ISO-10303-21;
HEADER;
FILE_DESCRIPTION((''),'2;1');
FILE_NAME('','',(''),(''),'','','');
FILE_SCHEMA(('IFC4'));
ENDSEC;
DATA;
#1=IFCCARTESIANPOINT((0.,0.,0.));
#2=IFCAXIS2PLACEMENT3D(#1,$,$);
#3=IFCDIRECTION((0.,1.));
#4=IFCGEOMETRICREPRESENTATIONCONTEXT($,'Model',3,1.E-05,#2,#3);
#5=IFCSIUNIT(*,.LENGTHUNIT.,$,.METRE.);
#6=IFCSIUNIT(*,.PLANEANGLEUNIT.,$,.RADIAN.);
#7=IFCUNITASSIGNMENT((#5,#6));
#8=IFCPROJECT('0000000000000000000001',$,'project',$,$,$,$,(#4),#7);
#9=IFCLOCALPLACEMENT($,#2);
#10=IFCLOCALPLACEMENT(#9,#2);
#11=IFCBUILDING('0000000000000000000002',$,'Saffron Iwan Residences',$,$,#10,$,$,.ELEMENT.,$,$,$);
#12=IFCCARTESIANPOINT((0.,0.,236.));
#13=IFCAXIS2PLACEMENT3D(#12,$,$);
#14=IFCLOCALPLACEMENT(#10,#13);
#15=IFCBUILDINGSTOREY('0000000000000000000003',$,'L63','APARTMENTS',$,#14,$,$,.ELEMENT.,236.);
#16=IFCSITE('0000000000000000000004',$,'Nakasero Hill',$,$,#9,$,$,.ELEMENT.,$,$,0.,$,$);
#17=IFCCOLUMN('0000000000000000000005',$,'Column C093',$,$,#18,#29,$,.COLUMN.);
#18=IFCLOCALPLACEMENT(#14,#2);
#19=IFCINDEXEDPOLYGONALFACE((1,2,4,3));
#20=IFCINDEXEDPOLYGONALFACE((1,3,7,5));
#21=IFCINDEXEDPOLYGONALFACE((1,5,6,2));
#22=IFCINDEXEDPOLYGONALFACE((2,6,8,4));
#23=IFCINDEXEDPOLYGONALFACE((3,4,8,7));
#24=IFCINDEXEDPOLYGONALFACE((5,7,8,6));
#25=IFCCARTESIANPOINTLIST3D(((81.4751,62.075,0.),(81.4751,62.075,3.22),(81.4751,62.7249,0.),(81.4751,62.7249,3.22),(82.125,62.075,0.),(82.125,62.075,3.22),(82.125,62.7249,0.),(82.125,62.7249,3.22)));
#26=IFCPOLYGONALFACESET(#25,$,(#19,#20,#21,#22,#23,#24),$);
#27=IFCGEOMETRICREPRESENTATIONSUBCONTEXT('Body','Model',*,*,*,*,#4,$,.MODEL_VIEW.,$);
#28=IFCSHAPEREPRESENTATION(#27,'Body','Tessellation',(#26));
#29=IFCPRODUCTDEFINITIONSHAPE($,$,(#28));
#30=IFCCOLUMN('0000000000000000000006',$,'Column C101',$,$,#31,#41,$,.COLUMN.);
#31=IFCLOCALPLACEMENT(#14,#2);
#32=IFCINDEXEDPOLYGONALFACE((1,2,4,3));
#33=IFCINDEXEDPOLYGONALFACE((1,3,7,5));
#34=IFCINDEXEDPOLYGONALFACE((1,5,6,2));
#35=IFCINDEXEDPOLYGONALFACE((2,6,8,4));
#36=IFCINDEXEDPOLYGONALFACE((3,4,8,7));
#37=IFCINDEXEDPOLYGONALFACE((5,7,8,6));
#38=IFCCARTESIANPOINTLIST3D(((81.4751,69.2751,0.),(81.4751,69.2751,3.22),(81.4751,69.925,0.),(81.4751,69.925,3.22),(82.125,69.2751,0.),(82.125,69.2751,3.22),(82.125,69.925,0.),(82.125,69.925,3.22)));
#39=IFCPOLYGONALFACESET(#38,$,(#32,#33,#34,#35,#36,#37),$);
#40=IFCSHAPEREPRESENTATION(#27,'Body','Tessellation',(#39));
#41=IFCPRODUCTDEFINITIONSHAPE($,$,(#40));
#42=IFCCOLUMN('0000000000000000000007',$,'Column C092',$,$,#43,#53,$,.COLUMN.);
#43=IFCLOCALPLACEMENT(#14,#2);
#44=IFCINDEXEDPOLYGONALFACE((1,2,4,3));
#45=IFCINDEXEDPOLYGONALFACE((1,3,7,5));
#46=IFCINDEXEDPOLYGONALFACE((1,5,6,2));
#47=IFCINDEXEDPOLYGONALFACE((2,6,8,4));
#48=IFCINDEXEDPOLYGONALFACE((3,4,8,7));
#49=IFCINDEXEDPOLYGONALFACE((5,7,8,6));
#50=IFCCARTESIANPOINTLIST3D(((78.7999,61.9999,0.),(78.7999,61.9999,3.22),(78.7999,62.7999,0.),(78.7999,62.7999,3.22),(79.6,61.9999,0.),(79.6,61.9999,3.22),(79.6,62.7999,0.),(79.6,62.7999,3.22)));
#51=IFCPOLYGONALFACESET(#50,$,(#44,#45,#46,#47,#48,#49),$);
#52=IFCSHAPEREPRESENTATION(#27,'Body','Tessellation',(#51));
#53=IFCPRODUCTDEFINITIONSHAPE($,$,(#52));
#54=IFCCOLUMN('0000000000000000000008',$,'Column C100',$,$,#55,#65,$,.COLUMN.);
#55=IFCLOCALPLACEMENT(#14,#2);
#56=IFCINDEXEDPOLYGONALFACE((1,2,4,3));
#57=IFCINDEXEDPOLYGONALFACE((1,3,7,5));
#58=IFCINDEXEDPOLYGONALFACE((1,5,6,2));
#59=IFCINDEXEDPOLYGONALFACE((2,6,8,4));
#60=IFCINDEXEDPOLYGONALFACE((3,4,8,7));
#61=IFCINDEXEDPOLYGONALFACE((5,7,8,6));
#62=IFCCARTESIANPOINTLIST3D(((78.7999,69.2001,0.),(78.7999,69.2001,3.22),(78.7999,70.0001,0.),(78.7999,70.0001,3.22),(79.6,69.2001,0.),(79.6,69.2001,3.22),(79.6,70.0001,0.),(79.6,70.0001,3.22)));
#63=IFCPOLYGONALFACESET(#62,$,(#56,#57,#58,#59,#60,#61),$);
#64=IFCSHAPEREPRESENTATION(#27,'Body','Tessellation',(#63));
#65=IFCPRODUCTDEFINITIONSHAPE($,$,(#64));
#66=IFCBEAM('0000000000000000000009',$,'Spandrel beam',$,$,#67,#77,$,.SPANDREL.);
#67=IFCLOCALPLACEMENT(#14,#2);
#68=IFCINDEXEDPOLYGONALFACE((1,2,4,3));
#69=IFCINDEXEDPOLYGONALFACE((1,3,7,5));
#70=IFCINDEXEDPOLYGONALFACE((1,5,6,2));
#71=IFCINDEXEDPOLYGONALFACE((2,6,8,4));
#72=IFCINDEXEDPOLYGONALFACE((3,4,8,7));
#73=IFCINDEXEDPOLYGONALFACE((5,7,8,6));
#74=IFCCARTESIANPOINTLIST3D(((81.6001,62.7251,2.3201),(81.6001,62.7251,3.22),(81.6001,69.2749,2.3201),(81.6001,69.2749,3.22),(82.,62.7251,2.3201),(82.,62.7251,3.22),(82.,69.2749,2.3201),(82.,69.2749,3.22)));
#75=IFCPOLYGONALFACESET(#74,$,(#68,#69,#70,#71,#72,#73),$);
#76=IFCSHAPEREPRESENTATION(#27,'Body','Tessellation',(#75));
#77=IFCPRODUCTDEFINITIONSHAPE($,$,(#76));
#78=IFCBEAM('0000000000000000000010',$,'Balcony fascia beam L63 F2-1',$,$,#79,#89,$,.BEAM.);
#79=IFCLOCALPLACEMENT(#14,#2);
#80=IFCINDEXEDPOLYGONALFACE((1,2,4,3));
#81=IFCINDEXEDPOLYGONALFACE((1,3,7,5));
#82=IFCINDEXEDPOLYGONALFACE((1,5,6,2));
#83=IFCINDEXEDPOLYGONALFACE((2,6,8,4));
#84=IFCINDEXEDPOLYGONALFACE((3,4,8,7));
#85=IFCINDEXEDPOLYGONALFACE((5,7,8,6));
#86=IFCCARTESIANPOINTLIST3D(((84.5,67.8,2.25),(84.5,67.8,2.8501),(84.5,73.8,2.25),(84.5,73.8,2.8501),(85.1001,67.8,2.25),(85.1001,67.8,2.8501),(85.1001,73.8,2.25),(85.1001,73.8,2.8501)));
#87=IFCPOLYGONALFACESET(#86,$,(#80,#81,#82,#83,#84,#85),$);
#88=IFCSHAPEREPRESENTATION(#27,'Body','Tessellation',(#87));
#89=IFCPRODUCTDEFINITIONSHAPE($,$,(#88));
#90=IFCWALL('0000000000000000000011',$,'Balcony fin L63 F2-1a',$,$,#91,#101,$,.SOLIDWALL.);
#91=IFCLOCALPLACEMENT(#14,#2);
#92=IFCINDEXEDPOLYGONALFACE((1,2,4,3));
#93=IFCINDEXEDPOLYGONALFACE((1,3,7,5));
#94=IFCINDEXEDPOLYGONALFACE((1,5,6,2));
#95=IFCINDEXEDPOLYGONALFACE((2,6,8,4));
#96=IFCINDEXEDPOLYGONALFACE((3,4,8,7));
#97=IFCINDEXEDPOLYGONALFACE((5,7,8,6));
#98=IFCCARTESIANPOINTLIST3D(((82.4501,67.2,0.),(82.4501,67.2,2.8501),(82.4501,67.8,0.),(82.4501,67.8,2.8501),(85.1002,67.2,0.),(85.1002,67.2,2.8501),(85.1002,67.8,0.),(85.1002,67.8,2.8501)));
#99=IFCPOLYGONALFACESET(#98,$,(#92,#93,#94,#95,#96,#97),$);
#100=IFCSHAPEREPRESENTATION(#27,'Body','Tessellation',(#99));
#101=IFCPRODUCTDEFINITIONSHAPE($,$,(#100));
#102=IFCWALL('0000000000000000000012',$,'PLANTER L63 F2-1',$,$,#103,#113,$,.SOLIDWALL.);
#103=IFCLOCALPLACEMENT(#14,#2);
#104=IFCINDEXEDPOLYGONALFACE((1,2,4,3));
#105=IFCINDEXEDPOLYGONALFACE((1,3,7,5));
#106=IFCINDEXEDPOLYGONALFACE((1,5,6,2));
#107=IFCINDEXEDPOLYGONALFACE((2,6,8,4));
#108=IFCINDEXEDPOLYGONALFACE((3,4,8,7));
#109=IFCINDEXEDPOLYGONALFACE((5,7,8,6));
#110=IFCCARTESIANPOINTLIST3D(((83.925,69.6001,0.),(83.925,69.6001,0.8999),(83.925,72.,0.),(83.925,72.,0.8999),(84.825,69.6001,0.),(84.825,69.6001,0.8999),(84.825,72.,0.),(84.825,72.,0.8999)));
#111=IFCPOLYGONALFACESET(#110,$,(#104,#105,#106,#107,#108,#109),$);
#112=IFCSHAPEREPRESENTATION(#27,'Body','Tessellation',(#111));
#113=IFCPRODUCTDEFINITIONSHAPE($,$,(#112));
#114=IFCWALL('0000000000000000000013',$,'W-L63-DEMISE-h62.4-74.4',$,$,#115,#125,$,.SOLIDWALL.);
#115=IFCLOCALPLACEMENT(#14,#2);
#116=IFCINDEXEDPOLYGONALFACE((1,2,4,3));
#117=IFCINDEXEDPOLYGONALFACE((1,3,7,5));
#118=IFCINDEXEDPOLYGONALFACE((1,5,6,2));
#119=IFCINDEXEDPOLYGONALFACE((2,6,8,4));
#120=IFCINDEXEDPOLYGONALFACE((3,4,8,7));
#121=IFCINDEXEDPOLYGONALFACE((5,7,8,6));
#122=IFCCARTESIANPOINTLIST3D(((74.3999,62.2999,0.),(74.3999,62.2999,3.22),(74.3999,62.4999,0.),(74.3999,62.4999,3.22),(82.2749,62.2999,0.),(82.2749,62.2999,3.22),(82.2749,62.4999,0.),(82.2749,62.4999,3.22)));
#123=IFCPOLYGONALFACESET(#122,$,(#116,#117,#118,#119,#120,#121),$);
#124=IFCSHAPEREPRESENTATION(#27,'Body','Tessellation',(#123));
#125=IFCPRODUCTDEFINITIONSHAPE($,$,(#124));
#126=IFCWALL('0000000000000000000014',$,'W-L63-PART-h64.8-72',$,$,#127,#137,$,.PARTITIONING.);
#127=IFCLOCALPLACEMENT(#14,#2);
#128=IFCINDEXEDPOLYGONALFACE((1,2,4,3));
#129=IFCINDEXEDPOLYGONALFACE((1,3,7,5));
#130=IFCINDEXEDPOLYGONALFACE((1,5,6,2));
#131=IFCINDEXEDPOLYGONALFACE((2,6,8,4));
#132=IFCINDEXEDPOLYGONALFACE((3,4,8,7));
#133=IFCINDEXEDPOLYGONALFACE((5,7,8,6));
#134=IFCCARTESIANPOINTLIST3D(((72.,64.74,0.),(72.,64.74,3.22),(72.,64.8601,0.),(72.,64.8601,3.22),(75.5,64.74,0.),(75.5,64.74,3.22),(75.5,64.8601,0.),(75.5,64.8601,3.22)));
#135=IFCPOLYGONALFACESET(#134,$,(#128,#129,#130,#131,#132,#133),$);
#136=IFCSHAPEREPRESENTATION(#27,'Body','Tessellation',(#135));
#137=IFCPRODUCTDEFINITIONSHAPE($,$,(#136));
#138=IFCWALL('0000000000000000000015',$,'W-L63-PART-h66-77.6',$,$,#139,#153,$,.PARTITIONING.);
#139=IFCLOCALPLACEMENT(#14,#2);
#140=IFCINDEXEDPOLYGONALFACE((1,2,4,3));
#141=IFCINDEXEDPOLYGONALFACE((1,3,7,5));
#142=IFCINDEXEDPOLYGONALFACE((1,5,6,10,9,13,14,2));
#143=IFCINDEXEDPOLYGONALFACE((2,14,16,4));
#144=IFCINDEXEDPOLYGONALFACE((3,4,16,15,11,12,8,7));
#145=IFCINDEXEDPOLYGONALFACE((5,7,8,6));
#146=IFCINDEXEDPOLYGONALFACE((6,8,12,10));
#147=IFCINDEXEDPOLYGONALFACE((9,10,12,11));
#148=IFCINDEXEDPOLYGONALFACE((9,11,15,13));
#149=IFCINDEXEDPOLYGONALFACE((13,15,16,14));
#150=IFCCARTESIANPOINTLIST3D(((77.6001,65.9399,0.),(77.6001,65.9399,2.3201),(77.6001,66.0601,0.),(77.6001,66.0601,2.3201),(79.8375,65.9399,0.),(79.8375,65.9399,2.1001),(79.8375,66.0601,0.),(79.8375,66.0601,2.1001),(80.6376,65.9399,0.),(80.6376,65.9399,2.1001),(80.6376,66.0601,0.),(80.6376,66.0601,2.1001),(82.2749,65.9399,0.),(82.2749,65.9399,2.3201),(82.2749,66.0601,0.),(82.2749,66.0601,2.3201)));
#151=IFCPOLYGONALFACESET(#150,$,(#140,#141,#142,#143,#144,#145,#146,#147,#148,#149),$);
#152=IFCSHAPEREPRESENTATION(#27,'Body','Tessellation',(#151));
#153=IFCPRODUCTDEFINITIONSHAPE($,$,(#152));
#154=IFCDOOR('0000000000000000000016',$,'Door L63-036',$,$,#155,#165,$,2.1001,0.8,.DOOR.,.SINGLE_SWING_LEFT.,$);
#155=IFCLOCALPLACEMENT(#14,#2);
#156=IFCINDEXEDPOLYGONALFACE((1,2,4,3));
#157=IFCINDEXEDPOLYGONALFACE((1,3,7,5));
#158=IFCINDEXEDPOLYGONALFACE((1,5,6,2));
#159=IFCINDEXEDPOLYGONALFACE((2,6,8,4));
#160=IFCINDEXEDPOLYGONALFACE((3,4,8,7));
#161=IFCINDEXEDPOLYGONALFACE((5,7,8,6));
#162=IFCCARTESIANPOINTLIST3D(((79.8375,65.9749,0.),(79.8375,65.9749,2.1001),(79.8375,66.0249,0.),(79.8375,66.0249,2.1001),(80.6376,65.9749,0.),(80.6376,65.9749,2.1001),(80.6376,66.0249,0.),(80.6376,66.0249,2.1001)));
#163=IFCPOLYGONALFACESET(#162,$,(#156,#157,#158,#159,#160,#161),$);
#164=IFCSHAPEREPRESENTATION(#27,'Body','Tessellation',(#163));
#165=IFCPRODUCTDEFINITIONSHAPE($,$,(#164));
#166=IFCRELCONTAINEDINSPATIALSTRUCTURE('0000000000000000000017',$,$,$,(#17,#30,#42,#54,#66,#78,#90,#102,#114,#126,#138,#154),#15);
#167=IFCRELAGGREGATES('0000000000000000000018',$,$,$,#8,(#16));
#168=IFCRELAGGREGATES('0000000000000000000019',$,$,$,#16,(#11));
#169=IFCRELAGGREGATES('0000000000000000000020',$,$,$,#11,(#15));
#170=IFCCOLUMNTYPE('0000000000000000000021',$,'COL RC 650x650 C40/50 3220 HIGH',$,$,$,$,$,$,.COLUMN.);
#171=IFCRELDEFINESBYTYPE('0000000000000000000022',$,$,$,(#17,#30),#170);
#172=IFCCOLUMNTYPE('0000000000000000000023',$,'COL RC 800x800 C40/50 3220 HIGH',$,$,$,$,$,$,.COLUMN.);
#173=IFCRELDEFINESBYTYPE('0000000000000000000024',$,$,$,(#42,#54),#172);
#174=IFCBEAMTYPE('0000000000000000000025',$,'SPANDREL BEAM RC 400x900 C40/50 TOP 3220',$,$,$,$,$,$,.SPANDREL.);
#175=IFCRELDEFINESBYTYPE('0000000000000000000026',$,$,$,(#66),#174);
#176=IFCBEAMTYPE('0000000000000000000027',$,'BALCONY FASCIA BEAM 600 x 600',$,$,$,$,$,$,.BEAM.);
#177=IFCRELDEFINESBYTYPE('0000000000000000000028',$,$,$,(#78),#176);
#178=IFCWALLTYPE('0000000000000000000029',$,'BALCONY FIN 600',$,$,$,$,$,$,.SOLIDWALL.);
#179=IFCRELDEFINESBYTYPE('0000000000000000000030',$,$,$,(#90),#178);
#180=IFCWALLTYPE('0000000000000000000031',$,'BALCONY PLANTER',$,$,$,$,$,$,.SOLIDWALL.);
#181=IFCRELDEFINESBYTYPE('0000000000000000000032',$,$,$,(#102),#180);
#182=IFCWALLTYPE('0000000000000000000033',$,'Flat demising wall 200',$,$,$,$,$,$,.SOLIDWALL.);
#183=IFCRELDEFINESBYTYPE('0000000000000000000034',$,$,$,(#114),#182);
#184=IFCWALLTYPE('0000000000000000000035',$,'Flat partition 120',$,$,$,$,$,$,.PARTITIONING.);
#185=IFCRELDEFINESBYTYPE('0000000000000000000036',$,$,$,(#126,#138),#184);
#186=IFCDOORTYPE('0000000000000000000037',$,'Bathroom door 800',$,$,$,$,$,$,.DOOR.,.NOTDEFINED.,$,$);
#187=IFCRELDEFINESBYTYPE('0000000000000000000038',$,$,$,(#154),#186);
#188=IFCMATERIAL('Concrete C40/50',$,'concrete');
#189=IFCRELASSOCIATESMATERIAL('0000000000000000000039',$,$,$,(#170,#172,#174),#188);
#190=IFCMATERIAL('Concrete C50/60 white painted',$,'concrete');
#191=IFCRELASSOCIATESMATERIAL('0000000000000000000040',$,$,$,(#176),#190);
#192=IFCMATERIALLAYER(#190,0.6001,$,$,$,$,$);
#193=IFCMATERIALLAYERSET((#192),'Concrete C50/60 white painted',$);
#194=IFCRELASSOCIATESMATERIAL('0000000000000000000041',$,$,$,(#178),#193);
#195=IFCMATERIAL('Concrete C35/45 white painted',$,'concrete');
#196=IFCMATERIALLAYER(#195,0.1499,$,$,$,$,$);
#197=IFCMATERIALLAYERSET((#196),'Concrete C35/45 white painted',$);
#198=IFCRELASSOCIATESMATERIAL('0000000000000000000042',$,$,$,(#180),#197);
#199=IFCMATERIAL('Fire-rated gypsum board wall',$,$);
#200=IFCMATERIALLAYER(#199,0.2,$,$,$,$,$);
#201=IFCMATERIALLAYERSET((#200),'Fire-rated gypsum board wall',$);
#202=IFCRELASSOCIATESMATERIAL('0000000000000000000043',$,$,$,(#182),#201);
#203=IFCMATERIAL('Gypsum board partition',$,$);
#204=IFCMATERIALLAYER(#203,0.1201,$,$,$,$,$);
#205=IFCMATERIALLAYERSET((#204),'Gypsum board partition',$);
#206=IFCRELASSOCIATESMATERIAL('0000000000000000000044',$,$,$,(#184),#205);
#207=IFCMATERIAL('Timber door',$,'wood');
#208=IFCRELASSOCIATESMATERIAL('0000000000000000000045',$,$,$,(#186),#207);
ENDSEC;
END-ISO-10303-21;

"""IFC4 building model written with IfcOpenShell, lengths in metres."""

from ifc_helpers import new_model, si_unit, direction, frame, frame_2d, origin, origin_2d, place, context, subcontext, project, spatial, rectangle, extrude, source, transform, mapped, material, layer, layer_set, material_profile, profile_set, type_object, element, fill, save


model = new_model("IFC4")

# Units and contexts
model_context = context("Model", 3, precision=1e-05, world=origin(), true_north=direction((0.0, 1.0)))
body_context = subcontext(model_context, "Body", "Model", "MODEL_VIEW")
ifc_project = project(units=[si_unit("LENGTHUNIT", "METRE"), si_unit("PLANEANGLEUNIT", "RADIAN")], contexts=[model_context])

# Site, building, storey
site_placement = place(None, origin())
site = spatial("IfcSite", under=ifc_project, at=site_placement, Name="Nakasero Hill", CompositionType="ELEMENT", RefElevation=0.0)
building_placement = place(site_placement, origin())
building = spatial("IfcBuilding", under=site, at=building_placement, Name="Saffron Iwan Residences", CompositionType="ELEMENT")
storey_placement = place(building_placement, frame((0.0, 0.0, 236.0)))
storey = spatial("IfcBuildingStorey", under=building, at=storey_placement, Name="L63", Description="APARTMENTS", CompositionType="ELEMENT", Elevation=236.0)

# Columns
ifc_material_1 = material(Name="Concrete C40/50", Category="concrete")
ifc_material_profile_1 = material_profile(ifc_material_1, rectangle(XDim=0.6499, YDim=0.6499, at=origin_2d()), Name="RC 650x650")
ifc_profile_set_1 = profile_set([ifc_material_profile_1], Name="Concrete C40/50")
column_type_1 = type_object("IfcColumnType", Name="COL RC 650x650 C40/50 3220 HIGH", PredefinedType="COLUMN", material=ifc_profile_set_1)
shared_shape_1 = source(origin(), body_context, "Body", "SweptSolid", [
    extrude(rectangle(XDim=0.6499, YDim=0.6499, at=origin_2d()), origin(), (0.0, 0.0, 1.0), 3.22),
])
for number, where, z_axis, x_axis, name in (
    (1, (81.8, 62.3999, 0.0), (0.0, 0.0, 1.0), (1.0, 0.0, 0.0), "Column C093"),
    (2, (81.8, 69.6001, 0.0), (0.0, 0.0, 1.0), (1.0, 0.0, 0.0), "Column C101"),
):
    element("IfcColumn", number, at=place(storey_placement, frame(where, z_axis=z_axis, x_axis=x_axis)), inside=storey, type_object=column_type_1, Name=name, PredefinedType="COLUMN", context=body_context, shape_type="MappedRepresentation", body=[
        mapped(shared_shape_1, transform((0.0, 0.0, 0.0))),
    ])
ifc_material_profile_2 = material_profile(ifc_material_1, rectangle(XDim=0.8, YDim=0.8, at=origin_2d()), Name="RC 800x800")
ifc_profile_set_2 = profile_set([ifc_material_profile_2], Name="Concrete C40/50")
column_type_2 = type_object("IfcColumnType", Name="COL RC 800x800 C40/50 3220 HIGH", PredefinedType="COLUMN", material=ifc_profile_set_2)
shared_shape_2 = source(origin(), body_context, "Body", "SweptSolid", [
    extrude(rectangle(XDim=0.8, YDim=0.8, at=origin_2d()), origin(), (0.0, 0.0, 1.0), 3.22),
])
for number, where, z_axis, x_axis, name in (
    (3, (79.2, 62.3999, 0.0), (0.0, 0.0, 1.0), (1.0, 0.0, 0.0), "Column C092"),
    (4, (79.2, 69.6001, 0.0), (0.0, 0.0, 1.0), (1.0, 0.0, 0.0), "Column C100"),
):
    element("IfcColumn", number, at=place(storey_placement, frame(where, z_axis=z_axis, x_axis=x_axis)), inside=storey, type_object=column_type_2, Name=name, PredefinedType="COLUMN", context=body_context, shape_type="MappedRepresentation", body=[
        mapped(shared_shape_2, transform((0.0, 0.0, 0.0))),
    ])

# Beams
ifc_material_profile_3 = material_profile(ifc_material_1, rectangle(XDim=0.3999, YDim=0.8999, at=origin_2d()), Name="RC 400x900")
ifc_profile_set_3 = profile_set([ifc_material_profile_3], Name="Concrete C40/50")
beam_type_1 = type_object("IfcBeamType", Name="SPANDREL BEAM RC 400x900 C40/50 TOP 3220", PredefinedType="SPANDREL", material=ifc_profile_set_3)
shared_shape_3 = source(origin(), body_context, "Body", "SweptSolid", [
    extrude(rectangle(XDim=0.3999, YDim=0.8999, at=origin_2d()), origin(), (0.0, 0.0, 1.0), 6.5498),
])
beam_1_placement = place(storey_placement, frame((81.8, 69.2749, 2.77), z_axis=(0.0, -1.0, 0.0), x_axis=(1.0, 0.0, 0.0)))
element("IfcBeam", 5, at=beam_1_placement, inside=storey, type_object=beam_type_1, Name="Spandrel beam", PredefinedType="SPANDREL", context=body_context, shape_type="MappedRepresentation", body=[
    mapped(shared_shape_3, transform((0.0, 0.0, 0.0))),
])
ifc_material_2 = material(Name="Concrete C50/60 white painted", Category="concrete")
ifc_material_profile_4 = material_profile(ifc_material_2, rectangle(XDim=0.6001, YDim=0.6001, at=origin_2d()), Name="BALCONY FASCIA BEAM 600 x 600")
ifc_profile_set_4 = profile_set([ifc_material_profile_4], Name="Concrete C50/60 white painted")
beam_type_2 = type_object("IfcBeamType", Name="BALCONY FASCIA BEAM 600 x 600", PredefinedType="BEAM", material=ifc_profile_set_4)
shared_shape_4 = source(origin(), body_context, "Body", "SweptSolid", [
    extrude(rectangle(XDim=0.6001, YDim=0.6001, at=origin_2d()), origin(), (0.0, 0.0, 1.0), 6.0),
])
beam_2_placement = place(storey_placement, frame((84.8, 67.8, 2.55), z_axis=(0.0, 1.0, 0.0), x_axis=(-1.0, 0.0, 0.0)))
element("IfcBeam", 6, at=beam_2_placement, inside=storey, type_object=beam_type_2, Name="Balcony fascia beam L63 F2-1", PredefinedType="BEAM", context=body_context, shape_type="MappedRepresentation", body=[
    mapped(shared_shape_4, transform((0.0, 0.0, 0.0))),
])

# Walls
ifc_layer_1 = layer(ifc_material_2, 0.6001)
ifc_layer_set_1 = layer_set([ifc_layer_1], Name="Concrete C50/60 white painted")
wall_type_1 = type_object("IfcWallType", Name="BALCONY FIN 600", PredefinedType="SOLIDWALL", material=ifc_layer_set_1)
wall_1_placement = place(storey_placement, frame((82.45, 67.5, 0.0), z_axis=(0.0, 0.0, 1.0), x_axis=(1.0, 0.0, 0.0)))
element("IfcWall", 7, at=wall_1_placement, inside=storey, type_object=wall_type_1, Name="Balcony fin L63 F2-1a", PredefinedType="SOLIDWALL", context=body_context, shape_type="SweptSolid", body=[
    extrude(rectangle(XDim=2.6501, YDim=0.6001, at=frame_2d((1.3252, 0.0))), origin(), (0.0, 0.0, 1.0), 2.8501),
])
ifc_material_3 = material(Name="Concrete C35/45 white painted", Category="concrete")
ifc_layer_2 = layer(ifc_material_3, 0.1499)
ifc_layer_set_2 = layer_set([ifc_layer_2], Name="Concrete C35/45 white painted")
wall_type_2 = type_object("IfcWallType", Name="BALCONY PLANTER", PredefinedType="SOLIDWALL", material=ifc_layer_set_2)
wall_2_placement = place(storey_placement, frame((84.375, 69.6001, 0.0), z_axis=(0.0, 0.0, 1.0), x_axis=(0.0, 1.0, 0.0)))
element("IfcWall", 8, at=wall_2_placement, inside=storey, type_object=wall_type_2, Name="PLANTER L63 F2-1", PredefinedType="SOLIDWALL", context=body_context, shape_type="SweptSolid", body=[
    extrude(rectangle(XDim=2.3999, YDim=0.8999, at=frame_2d((1.2, 0.0))), origin(), (0.0, 0.0, 1.0), 0.8999),
])
ifc_material_4 = material(Name="Fire-rated gypsum board wall")
ifc_layer_3 = layer(ifc_material_4, 0.2)
ifc_layer_set_3 = layer_set([ifc_layer_3], Name="Fire-rated gypsum board wall")
wall_type_3 = type_object("IfcWallType", Name="Flat demising wall 200", PredefinedType="SOLIDWALL", material=ifc_layer_set_3)
wall_3_placement = place(storey_placement, frame((74.3999, 62.3999, 0.0), z_axis=(0.0, 0.0, 1.0), x_axis=(1.0, 0.0, 0.0)))
element("IfcWall", 9, at=wall_3_placement, inside=storey, type_object=wall_type_3, Name="W-L63-DEMISE-h62.4-74.4", PredefinedType="SOLIDWALL", context=body_context, shape_type="SweptSolid", body=[
    extrude(rectangle(XDim=7.875, YDim=0.2, at=frame_2d((3.9375, 0.0))), origin(), (0.0, 0.0, 1.0), 3.22),
])
ifc_material_5 = material(Name="Gypsum board partition")
ifc_layer_4 = layer(ifc_material_5, 0.1201)
ifc_layer_set_4 = layer_set([ifc_layer_4], Name="Gypsum board partition")
wall_type_4 = type_object("IfcWallType", Name="Flat partition 120", PredefinedType="PARTITIONING", material=ifc_layer_set_4)
wall_4_placement = place(storey_placement, frame((72.0, 64.8, 0.0), z_axis=(0.0, 0.0, 1.0), x_axis=(1.0, 0.0, 0.0)))
element("IfcWall", 10, at=wall_4_placement, inside=storey, type_object=wall_type_4, Name="W-L63-PART-h64.8-72", PredefinedType="PARTITIONING", context=body_context, shape_type="SweptSolid", body=[
    extrude(rectangle(XDim=3.5, YDim=0.1201, at=frame_2d((1.75, 0.0))), origin(), (0.0, 0.0, 1.0), 3.22),
])

# Wall, opening, door
wall_5_placement = place(storey_placement, frame((77.6001, 66.0, 0.0), z_axis=(0.0, 0.0, 1.0), x_axis=(1.0, 0.0, 0.0)))
wall_5 = element("IfcWall", 11, at=wall_5_placement, inside=storey, type_object=wall_type_4, Name="W-L63-PART-h66-77.6", PredefinedType="PARTITIONING", context=body_context, shape_type="SweptSolid", body=[
    extrude(rectangle(XDim=4.6748, YDim=0.1201, at=frame_2d((2.3374, 0.0))), origin(), (0.0, 0.0, 1.0), 2.3201),
])
opening_1_placement = place(wall_5_placement, frame((2.2375, 0.0, 0.0)))
opening_1 = element("IfcOpeningElement", 12, at=opening_1_placement, cuts=wall_5, PredefinedType="OPENING", context=body_context, shape_type="SweptSolid", body=[
    extrude(rectangle(XDim=0.8, YDim=2.1001, at=frame_2d((0.3999, 1.05))), frame((0.0, 0.0701, 0.0), z_axis=(0.0, -1.0, 0.0), x_axis=(1.0, 0.0, 0.0)), (0.0, 0.0, 1.0), 0.1401),
])
ifc_material_6 = material(Name="Timber door", Category="wood")
door_type_1 = type_object("IfcDoorType", Name="Bathroom door 800", OperationType="NOTDEFINED", PredefinedType="DOOR", material=ifc_material_6)
door_1_placement = place(opening_1_placement, origin())
door_1 = element("IfcDoor", 13, at=door_1_placement, inside=storey, type_object=door_type_1, Name="Door L63-036", OperationType="SINGLE_SWING_LEFT", OverallHeight=2.1001, OverallWidth=0.8, PredefinedType="DOOR", context=body_context, shape_type="SweptSolid", body=[
    extrude(rectangle(XDim=0.8, YDim=2.1001, at=frame_2d((0.3999, 1.05))), frame((0.0, 0.0249, 0.0), z_axis=(0.0, -1.0, 0.0), x_axis=(1.0, 0.0, 0.0)), (0.0, 0.0, 1.0), 0.05),
])
fill(opening_1, door_1)

save(model, "model.ifc")
